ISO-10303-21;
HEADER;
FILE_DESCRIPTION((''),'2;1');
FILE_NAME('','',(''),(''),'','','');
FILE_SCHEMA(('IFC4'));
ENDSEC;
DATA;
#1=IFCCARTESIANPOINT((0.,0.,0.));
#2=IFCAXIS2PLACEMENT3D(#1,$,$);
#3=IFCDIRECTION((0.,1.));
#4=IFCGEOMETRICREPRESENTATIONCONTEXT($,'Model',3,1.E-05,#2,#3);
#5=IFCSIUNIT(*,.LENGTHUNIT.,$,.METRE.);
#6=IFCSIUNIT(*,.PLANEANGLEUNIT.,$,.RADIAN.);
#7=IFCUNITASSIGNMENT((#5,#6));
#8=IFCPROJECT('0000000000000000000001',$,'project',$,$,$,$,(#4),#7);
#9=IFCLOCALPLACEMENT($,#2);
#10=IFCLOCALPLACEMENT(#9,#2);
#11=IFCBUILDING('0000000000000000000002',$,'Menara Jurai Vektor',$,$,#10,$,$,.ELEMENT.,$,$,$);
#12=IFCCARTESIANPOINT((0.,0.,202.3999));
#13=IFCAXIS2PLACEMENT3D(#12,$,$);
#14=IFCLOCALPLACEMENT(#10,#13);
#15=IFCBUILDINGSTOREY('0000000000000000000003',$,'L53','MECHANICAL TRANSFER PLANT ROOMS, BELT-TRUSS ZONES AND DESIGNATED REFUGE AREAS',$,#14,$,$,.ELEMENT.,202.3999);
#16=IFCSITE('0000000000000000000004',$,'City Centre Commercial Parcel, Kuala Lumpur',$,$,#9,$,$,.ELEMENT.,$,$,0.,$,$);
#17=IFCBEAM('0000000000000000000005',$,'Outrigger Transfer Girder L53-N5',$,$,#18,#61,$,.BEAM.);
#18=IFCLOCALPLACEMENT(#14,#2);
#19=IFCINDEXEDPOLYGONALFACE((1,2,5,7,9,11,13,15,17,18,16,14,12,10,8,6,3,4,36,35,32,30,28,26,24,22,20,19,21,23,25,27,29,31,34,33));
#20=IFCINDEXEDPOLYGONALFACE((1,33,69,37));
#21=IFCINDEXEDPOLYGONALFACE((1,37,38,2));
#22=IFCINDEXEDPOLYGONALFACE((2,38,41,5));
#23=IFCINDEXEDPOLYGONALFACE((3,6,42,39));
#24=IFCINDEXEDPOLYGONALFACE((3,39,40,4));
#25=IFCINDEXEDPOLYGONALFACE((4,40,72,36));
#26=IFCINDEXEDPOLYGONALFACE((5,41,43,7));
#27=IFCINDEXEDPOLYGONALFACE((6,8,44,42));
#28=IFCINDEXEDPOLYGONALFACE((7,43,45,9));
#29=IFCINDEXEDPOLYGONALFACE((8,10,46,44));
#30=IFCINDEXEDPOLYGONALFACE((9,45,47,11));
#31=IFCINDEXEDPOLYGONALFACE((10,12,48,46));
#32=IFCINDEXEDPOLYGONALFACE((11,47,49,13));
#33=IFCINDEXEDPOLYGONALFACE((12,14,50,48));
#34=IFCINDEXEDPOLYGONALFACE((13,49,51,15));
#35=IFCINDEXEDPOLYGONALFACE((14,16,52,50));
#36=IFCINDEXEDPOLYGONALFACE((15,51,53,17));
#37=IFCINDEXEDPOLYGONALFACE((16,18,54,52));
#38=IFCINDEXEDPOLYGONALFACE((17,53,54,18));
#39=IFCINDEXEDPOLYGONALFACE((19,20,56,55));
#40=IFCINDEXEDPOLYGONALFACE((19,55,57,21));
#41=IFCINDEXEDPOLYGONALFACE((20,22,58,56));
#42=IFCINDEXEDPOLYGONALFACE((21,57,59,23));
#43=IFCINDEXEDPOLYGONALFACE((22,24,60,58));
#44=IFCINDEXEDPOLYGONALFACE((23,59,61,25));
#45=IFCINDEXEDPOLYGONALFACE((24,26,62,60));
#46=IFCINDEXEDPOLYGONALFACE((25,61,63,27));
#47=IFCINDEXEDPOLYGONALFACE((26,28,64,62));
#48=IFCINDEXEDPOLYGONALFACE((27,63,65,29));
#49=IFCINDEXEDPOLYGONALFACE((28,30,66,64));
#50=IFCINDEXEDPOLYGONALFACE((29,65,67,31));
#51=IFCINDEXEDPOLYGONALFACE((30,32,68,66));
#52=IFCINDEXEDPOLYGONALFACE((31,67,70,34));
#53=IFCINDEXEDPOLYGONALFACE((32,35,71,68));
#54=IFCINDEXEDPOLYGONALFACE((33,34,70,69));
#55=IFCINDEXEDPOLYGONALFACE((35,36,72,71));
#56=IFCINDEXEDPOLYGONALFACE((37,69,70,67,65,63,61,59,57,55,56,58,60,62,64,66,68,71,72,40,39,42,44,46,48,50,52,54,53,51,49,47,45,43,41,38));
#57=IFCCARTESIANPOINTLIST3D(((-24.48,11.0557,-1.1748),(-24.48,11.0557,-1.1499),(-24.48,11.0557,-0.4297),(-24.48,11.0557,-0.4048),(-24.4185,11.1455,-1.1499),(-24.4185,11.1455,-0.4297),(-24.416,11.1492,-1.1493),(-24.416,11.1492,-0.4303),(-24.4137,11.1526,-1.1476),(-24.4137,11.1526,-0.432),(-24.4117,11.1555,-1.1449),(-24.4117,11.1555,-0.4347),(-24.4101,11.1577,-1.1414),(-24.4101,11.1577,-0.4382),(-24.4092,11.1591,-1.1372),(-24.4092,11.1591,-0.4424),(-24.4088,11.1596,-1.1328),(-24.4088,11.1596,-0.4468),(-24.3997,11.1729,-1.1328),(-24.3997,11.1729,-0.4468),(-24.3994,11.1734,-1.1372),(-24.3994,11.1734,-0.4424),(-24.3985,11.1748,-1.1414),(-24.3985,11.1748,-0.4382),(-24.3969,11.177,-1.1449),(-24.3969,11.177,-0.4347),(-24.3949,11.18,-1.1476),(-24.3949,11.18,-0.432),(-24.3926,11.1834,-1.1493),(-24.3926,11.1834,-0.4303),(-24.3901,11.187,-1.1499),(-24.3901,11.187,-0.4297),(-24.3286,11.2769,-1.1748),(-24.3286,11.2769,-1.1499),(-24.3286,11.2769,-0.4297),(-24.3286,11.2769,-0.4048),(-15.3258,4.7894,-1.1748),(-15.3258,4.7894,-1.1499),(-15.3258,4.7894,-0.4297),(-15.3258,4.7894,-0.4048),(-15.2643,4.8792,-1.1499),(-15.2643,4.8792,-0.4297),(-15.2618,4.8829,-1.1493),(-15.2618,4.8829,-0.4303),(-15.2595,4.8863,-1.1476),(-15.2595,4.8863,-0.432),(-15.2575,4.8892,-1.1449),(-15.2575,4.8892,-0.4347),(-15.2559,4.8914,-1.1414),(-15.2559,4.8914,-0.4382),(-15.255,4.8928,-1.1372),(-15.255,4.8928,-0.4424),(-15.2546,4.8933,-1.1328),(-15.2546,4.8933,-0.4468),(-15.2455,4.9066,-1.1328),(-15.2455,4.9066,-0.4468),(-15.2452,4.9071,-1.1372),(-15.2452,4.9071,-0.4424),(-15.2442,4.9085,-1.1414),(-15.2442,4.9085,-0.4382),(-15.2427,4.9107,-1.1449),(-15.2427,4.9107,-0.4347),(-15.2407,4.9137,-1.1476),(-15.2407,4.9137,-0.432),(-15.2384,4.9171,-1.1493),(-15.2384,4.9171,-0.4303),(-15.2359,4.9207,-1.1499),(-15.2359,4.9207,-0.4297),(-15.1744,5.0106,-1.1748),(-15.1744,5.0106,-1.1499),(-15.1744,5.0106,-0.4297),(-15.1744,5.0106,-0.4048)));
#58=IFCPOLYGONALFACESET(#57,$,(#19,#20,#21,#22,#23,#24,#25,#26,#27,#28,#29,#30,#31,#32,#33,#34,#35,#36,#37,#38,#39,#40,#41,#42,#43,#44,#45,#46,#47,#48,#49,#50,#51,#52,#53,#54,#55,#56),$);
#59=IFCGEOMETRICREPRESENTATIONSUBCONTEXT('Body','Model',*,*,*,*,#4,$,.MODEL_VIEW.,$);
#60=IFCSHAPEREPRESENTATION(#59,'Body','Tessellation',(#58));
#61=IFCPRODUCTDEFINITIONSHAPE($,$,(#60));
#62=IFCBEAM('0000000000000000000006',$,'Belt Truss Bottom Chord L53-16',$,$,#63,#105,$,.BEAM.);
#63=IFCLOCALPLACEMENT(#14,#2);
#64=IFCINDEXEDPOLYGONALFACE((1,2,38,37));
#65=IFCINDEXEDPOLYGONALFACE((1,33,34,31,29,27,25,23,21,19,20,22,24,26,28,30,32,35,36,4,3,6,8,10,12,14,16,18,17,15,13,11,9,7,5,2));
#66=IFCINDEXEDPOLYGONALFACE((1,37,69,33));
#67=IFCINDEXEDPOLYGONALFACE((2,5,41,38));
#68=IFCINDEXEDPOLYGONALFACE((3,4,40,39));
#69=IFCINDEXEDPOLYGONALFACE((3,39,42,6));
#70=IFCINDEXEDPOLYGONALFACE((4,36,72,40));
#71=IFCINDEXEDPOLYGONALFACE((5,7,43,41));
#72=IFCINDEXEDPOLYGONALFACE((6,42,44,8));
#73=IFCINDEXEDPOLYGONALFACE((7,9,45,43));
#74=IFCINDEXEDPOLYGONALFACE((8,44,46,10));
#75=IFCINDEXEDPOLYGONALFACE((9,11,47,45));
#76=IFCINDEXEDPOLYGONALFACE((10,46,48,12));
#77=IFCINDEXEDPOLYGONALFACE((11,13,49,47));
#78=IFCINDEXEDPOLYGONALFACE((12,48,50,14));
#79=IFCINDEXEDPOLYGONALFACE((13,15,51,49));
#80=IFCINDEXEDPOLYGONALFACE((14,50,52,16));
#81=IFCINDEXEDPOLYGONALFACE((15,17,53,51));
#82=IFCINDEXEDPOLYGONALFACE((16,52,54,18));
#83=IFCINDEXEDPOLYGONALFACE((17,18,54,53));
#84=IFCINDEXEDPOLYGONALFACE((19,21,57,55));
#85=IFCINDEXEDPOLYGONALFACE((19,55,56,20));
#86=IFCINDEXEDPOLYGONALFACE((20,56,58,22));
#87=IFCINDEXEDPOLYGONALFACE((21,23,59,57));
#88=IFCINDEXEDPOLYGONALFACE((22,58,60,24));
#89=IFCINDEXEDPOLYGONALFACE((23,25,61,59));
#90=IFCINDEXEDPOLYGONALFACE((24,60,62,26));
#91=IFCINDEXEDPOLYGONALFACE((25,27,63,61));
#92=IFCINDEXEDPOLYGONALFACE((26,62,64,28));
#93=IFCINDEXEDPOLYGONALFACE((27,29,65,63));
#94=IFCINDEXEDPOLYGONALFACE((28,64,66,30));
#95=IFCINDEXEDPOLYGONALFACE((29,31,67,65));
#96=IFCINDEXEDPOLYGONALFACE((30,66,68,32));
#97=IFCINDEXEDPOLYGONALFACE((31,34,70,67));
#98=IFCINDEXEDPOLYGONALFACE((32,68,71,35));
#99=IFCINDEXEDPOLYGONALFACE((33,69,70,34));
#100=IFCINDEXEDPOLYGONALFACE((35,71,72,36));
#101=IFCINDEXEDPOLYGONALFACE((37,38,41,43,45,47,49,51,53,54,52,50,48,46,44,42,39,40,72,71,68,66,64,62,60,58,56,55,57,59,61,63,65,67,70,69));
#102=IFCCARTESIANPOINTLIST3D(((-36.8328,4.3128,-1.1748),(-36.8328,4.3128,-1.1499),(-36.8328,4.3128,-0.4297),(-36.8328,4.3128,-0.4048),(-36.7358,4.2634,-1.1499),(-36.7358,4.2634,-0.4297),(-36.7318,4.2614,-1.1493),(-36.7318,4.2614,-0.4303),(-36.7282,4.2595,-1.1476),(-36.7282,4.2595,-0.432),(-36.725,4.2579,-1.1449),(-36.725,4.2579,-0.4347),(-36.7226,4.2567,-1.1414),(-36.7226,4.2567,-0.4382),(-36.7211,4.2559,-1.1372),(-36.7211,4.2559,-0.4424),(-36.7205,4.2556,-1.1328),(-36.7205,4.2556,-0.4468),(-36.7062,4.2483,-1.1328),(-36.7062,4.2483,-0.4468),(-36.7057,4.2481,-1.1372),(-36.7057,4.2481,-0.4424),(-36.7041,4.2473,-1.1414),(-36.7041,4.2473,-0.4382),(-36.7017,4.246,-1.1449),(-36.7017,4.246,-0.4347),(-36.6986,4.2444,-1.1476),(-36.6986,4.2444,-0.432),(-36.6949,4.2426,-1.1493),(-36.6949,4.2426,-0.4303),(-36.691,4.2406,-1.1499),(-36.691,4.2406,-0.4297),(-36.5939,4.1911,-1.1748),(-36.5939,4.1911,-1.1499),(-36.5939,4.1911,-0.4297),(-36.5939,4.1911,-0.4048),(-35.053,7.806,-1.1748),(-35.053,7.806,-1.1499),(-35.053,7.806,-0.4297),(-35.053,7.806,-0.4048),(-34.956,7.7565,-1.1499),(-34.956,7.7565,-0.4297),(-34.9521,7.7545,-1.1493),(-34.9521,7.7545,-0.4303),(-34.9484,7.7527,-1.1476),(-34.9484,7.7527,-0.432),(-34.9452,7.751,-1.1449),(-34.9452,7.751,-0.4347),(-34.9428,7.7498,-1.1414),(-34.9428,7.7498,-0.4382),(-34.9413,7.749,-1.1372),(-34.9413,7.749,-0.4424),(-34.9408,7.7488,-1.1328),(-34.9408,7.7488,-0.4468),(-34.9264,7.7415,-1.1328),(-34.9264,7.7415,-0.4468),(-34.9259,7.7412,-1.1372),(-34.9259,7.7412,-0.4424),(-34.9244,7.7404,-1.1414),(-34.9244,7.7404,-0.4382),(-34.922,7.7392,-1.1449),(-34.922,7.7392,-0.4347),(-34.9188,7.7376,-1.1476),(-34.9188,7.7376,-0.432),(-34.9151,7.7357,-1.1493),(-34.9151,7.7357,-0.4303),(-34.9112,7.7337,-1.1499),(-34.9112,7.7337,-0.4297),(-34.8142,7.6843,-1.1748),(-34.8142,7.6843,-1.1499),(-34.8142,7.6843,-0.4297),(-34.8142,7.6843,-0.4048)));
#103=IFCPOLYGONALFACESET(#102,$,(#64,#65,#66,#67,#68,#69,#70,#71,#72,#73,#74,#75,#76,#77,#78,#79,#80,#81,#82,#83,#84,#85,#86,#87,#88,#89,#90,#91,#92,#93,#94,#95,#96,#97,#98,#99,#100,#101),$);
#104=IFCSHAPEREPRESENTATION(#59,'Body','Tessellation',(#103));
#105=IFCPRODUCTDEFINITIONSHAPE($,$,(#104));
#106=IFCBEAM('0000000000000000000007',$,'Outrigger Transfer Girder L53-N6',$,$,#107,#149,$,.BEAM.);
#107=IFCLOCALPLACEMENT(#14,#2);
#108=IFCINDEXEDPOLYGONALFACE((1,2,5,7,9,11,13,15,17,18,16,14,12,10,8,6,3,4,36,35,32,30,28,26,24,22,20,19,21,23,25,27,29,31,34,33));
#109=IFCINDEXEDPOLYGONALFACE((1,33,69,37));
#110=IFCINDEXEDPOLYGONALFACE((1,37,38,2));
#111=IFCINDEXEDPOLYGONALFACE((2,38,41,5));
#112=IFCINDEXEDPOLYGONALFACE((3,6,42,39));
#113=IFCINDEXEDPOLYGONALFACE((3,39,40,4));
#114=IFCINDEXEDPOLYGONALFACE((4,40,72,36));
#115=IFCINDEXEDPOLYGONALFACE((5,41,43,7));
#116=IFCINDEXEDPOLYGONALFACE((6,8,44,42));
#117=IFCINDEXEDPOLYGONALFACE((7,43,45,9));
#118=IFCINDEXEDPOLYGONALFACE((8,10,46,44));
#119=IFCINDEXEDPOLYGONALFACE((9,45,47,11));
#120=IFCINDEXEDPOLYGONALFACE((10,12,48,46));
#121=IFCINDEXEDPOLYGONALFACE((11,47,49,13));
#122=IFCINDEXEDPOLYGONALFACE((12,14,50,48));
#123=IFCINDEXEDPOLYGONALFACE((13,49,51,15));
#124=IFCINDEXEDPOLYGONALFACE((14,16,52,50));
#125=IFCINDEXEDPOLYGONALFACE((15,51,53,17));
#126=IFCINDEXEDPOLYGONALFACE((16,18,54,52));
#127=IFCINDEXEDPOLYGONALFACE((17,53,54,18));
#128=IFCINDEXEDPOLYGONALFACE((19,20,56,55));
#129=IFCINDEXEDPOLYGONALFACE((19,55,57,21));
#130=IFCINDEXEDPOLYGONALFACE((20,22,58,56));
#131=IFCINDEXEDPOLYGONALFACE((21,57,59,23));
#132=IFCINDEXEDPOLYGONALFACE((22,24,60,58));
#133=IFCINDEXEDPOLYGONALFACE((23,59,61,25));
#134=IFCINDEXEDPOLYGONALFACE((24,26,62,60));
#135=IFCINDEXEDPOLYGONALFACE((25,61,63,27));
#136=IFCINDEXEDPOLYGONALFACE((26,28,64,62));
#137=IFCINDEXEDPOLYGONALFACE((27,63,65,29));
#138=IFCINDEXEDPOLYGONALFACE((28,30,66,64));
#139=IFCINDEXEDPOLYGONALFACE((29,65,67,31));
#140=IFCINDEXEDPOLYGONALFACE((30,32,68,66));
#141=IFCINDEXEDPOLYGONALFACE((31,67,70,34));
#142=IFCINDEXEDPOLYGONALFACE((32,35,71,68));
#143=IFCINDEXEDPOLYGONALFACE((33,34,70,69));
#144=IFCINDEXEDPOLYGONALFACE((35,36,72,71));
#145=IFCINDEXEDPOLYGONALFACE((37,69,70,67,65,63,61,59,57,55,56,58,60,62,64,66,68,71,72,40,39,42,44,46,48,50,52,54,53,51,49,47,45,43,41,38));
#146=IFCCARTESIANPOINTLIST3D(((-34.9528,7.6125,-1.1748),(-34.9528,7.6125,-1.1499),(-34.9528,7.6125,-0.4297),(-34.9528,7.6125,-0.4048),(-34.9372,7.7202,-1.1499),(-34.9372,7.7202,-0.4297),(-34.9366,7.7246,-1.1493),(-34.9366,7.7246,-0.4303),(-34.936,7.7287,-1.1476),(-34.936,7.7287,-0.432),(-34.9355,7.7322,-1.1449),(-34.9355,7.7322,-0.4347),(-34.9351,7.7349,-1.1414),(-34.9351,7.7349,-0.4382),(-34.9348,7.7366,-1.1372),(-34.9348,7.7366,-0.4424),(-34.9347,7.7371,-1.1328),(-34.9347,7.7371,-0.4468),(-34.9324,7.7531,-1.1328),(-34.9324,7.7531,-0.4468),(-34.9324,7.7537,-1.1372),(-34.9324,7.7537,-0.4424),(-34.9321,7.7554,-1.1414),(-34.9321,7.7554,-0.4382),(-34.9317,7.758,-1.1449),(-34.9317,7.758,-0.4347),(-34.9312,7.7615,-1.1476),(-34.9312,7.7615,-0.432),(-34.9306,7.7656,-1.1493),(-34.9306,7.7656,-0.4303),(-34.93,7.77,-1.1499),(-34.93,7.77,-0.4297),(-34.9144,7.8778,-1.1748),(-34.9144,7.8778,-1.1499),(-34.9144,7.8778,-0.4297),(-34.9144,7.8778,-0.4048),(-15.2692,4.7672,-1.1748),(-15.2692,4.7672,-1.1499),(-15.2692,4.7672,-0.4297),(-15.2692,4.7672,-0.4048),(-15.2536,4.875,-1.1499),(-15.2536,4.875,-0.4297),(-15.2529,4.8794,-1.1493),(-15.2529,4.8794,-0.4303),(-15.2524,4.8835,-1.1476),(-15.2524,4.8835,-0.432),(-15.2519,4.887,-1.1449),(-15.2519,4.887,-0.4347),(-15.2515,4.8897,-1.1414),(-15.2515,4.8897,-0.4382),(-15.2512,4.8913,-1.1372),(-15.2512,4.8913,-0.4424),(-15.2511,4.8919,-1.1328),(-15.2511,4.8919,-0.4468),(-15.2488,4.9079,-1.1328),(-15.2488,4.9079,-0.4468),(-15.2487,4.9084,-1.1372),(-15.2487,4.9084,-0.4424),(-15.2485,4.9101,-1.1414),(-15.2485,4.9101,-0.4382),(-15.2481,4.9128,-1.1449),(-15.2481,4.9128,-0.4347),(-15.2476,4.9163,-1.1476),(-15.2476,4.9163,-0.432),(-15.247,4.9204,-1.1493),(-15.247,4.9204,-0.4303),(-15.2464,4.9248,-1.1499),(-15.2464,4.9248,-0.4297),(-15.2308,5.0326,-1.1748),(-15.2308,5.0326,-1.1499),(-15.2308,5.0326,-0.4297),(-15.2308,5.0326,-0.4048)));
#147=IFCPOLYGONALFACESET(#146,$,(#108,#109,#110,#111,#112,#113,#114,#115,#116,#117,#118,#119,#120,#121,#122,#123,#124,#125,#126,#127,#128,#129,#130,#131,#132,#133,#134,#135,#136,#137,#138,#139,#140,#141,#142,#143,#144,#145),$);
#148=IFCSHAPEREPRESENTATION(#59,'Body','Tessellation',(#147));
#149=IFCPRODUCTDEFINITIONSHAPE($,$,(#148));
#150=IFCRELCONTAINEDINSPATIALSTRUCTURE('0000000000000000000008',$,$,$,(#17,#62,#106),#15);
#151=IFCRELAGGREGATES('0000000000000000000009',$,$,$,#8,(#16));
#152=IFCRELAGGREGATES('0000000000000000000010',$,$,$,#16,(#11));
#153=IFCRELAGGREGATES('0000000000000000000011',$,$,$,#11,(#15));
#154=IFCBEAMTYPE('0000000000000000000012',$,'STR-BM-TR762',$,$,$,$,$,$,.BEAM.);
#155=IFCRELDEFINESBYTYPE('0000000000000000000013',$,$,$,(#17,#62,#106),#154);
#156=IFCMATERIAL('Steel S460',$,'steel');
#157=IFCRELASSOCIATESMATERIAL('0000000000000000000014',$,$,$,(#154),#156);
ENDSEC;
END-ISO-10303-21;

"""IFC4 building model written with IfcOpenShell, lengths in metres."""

from ifc_helpers import new_model, si_unit, direction, frame, origin, origin_2d, place, context, subcontext, project, spatial, i_section, extrude, material, material_profile, profile_set, type_object, element, save


model = new_model("IFC4")

# Units and contexts
model_context = context("Model", 3, precision=1e-05, world=origin(), true_north=direction((0.0, 1.0)))
body_context = subcontext(model_context, "Body", "Model", "MODEL_VIEW")
ifc_project = project(units=[si_unit("LENGTHUNIT", "METRE"), si_unit("PLANEANGLEUNIT", "RADIAN")], contexts=[model_context])

# Site, building, storey
site_placement = place(None, origin())
site = spatial("IfcSite", under=ifc_project, at=site_placement, Name="City Centre Commercial Parcel, Kuala Lumpur", CompositionType="ELEMENT", RefElevation=0.0)
building_placement = place(site_placement, origin())
building = spatial("IfcBuilding", under=site, at=building_placement, Name="Menara Jurai Vektor", CompositionType="ELEMENT")
storey_placement = place(building_placement, frame((0.0, 0.0, 202.3999)))
storey = spatial("IfcBuildingStorey", under=building, at=storey_placement, Name="L53", Description="MECHANICAL TRANSFER PLANT ROOMS, BELT-TRUSS ZONES AND DESIGNATED REFUGE AREAS", CompositionType="ELEMENT", Elevation=202.3999)

# Shared definitions
ifc_material_1 = material(Name="Steel S460", Category="steel")

# Beams
ifc_material_profile_1 = material_profile(ifc_material_1, i_section(OverallWidth=0.2681, OverallDepth=0.77, WebThickness=0.0161, FlangeThickness=0.0249, FilletRadius=0.0171, at=origin_2d()), Name="UKB 762x267x197")
ifc_profile_set_1 = profile_set([ifc_material_profile_1], Name="Steel S460")
beam_type_1 = type_object("IfcBeamType", Name="STR-BM-TR762", PredefinedType="BEAM", material=ifc_profile_set_1)
beam_1_placement = place(storey_placement, frame((-24.4043, 11.1663, -0.7898), z_axis=(0.825186, -0.564861, 0.0), x_axis=(0.564861, 0.825186, 0.0)))
element("IfcBeam", 1, at=beam_1_placement, inside=storey, type_object=beam_type_1, Name="Outrigger Transfer Girder L53-N5", PredefinedType="BEAM", context=body_context, shape_type="SweptSolid", body=[
    extrude(i_section(OverallWidth=0.2681, OverallDepth=0.77, WebThickness=0.0161, FlangeThickness=0.0249, FilletRadius=0.0171, at=origin_2d()), origin(), (0.0, 0.0, 1.0), 11.0935),
])
beam_2_placement = place(storey_placement, frame((-34.9336, 7.7451, -0.7898), z_axis=(-0.453976, -0.891014, 0.0), x_axis=(0.891014, -0.453976, 0.0)))
element("IfcBeam", 2, at=beam_2_placement, inside=storey, type_object=beam_type_1, Name="Belt Truss Bottom Chord L53-16", PredefinedType="BEAM", context=body_context, shape_type="SweptSolid", body=[
    extrude(i_section(OverallWidth=0.2681, OverallDepth=0.77, WebThickness=0.0161, FlangeThickness=0.0249, FilletRadius=0.0171, at=origin_2d()), origin(), (0.0, 0.0, 1.0), 3.9204),
])
beam_3_placement = place(storey_placement, frame((-34.9336, 7.7451, -0.7898), z_axis=(0.989714, -0.143061, 0.0), x_axis=(0.143061, 0.989714, 0.0)))
element("IfcBeam", 3, at=beam_3_placement, inside=storey, type_object=beam_type_1, Name="Outrigger Transfer Girder L53-N6", PredefinedType="BEAM", context=body_context, shape_type="SweptSolid", body=[
    extrude(i_section(OverallWidth=0.2681, OverallDepth=0.77, WebThickness=0.0161, FlangeThickness=0.0249, FilletRadius=0.0171, at=origin_2d()), origin(), (0.0, 0.0, 1.0), 19.8882),
])

save(model, "model.ifc")
